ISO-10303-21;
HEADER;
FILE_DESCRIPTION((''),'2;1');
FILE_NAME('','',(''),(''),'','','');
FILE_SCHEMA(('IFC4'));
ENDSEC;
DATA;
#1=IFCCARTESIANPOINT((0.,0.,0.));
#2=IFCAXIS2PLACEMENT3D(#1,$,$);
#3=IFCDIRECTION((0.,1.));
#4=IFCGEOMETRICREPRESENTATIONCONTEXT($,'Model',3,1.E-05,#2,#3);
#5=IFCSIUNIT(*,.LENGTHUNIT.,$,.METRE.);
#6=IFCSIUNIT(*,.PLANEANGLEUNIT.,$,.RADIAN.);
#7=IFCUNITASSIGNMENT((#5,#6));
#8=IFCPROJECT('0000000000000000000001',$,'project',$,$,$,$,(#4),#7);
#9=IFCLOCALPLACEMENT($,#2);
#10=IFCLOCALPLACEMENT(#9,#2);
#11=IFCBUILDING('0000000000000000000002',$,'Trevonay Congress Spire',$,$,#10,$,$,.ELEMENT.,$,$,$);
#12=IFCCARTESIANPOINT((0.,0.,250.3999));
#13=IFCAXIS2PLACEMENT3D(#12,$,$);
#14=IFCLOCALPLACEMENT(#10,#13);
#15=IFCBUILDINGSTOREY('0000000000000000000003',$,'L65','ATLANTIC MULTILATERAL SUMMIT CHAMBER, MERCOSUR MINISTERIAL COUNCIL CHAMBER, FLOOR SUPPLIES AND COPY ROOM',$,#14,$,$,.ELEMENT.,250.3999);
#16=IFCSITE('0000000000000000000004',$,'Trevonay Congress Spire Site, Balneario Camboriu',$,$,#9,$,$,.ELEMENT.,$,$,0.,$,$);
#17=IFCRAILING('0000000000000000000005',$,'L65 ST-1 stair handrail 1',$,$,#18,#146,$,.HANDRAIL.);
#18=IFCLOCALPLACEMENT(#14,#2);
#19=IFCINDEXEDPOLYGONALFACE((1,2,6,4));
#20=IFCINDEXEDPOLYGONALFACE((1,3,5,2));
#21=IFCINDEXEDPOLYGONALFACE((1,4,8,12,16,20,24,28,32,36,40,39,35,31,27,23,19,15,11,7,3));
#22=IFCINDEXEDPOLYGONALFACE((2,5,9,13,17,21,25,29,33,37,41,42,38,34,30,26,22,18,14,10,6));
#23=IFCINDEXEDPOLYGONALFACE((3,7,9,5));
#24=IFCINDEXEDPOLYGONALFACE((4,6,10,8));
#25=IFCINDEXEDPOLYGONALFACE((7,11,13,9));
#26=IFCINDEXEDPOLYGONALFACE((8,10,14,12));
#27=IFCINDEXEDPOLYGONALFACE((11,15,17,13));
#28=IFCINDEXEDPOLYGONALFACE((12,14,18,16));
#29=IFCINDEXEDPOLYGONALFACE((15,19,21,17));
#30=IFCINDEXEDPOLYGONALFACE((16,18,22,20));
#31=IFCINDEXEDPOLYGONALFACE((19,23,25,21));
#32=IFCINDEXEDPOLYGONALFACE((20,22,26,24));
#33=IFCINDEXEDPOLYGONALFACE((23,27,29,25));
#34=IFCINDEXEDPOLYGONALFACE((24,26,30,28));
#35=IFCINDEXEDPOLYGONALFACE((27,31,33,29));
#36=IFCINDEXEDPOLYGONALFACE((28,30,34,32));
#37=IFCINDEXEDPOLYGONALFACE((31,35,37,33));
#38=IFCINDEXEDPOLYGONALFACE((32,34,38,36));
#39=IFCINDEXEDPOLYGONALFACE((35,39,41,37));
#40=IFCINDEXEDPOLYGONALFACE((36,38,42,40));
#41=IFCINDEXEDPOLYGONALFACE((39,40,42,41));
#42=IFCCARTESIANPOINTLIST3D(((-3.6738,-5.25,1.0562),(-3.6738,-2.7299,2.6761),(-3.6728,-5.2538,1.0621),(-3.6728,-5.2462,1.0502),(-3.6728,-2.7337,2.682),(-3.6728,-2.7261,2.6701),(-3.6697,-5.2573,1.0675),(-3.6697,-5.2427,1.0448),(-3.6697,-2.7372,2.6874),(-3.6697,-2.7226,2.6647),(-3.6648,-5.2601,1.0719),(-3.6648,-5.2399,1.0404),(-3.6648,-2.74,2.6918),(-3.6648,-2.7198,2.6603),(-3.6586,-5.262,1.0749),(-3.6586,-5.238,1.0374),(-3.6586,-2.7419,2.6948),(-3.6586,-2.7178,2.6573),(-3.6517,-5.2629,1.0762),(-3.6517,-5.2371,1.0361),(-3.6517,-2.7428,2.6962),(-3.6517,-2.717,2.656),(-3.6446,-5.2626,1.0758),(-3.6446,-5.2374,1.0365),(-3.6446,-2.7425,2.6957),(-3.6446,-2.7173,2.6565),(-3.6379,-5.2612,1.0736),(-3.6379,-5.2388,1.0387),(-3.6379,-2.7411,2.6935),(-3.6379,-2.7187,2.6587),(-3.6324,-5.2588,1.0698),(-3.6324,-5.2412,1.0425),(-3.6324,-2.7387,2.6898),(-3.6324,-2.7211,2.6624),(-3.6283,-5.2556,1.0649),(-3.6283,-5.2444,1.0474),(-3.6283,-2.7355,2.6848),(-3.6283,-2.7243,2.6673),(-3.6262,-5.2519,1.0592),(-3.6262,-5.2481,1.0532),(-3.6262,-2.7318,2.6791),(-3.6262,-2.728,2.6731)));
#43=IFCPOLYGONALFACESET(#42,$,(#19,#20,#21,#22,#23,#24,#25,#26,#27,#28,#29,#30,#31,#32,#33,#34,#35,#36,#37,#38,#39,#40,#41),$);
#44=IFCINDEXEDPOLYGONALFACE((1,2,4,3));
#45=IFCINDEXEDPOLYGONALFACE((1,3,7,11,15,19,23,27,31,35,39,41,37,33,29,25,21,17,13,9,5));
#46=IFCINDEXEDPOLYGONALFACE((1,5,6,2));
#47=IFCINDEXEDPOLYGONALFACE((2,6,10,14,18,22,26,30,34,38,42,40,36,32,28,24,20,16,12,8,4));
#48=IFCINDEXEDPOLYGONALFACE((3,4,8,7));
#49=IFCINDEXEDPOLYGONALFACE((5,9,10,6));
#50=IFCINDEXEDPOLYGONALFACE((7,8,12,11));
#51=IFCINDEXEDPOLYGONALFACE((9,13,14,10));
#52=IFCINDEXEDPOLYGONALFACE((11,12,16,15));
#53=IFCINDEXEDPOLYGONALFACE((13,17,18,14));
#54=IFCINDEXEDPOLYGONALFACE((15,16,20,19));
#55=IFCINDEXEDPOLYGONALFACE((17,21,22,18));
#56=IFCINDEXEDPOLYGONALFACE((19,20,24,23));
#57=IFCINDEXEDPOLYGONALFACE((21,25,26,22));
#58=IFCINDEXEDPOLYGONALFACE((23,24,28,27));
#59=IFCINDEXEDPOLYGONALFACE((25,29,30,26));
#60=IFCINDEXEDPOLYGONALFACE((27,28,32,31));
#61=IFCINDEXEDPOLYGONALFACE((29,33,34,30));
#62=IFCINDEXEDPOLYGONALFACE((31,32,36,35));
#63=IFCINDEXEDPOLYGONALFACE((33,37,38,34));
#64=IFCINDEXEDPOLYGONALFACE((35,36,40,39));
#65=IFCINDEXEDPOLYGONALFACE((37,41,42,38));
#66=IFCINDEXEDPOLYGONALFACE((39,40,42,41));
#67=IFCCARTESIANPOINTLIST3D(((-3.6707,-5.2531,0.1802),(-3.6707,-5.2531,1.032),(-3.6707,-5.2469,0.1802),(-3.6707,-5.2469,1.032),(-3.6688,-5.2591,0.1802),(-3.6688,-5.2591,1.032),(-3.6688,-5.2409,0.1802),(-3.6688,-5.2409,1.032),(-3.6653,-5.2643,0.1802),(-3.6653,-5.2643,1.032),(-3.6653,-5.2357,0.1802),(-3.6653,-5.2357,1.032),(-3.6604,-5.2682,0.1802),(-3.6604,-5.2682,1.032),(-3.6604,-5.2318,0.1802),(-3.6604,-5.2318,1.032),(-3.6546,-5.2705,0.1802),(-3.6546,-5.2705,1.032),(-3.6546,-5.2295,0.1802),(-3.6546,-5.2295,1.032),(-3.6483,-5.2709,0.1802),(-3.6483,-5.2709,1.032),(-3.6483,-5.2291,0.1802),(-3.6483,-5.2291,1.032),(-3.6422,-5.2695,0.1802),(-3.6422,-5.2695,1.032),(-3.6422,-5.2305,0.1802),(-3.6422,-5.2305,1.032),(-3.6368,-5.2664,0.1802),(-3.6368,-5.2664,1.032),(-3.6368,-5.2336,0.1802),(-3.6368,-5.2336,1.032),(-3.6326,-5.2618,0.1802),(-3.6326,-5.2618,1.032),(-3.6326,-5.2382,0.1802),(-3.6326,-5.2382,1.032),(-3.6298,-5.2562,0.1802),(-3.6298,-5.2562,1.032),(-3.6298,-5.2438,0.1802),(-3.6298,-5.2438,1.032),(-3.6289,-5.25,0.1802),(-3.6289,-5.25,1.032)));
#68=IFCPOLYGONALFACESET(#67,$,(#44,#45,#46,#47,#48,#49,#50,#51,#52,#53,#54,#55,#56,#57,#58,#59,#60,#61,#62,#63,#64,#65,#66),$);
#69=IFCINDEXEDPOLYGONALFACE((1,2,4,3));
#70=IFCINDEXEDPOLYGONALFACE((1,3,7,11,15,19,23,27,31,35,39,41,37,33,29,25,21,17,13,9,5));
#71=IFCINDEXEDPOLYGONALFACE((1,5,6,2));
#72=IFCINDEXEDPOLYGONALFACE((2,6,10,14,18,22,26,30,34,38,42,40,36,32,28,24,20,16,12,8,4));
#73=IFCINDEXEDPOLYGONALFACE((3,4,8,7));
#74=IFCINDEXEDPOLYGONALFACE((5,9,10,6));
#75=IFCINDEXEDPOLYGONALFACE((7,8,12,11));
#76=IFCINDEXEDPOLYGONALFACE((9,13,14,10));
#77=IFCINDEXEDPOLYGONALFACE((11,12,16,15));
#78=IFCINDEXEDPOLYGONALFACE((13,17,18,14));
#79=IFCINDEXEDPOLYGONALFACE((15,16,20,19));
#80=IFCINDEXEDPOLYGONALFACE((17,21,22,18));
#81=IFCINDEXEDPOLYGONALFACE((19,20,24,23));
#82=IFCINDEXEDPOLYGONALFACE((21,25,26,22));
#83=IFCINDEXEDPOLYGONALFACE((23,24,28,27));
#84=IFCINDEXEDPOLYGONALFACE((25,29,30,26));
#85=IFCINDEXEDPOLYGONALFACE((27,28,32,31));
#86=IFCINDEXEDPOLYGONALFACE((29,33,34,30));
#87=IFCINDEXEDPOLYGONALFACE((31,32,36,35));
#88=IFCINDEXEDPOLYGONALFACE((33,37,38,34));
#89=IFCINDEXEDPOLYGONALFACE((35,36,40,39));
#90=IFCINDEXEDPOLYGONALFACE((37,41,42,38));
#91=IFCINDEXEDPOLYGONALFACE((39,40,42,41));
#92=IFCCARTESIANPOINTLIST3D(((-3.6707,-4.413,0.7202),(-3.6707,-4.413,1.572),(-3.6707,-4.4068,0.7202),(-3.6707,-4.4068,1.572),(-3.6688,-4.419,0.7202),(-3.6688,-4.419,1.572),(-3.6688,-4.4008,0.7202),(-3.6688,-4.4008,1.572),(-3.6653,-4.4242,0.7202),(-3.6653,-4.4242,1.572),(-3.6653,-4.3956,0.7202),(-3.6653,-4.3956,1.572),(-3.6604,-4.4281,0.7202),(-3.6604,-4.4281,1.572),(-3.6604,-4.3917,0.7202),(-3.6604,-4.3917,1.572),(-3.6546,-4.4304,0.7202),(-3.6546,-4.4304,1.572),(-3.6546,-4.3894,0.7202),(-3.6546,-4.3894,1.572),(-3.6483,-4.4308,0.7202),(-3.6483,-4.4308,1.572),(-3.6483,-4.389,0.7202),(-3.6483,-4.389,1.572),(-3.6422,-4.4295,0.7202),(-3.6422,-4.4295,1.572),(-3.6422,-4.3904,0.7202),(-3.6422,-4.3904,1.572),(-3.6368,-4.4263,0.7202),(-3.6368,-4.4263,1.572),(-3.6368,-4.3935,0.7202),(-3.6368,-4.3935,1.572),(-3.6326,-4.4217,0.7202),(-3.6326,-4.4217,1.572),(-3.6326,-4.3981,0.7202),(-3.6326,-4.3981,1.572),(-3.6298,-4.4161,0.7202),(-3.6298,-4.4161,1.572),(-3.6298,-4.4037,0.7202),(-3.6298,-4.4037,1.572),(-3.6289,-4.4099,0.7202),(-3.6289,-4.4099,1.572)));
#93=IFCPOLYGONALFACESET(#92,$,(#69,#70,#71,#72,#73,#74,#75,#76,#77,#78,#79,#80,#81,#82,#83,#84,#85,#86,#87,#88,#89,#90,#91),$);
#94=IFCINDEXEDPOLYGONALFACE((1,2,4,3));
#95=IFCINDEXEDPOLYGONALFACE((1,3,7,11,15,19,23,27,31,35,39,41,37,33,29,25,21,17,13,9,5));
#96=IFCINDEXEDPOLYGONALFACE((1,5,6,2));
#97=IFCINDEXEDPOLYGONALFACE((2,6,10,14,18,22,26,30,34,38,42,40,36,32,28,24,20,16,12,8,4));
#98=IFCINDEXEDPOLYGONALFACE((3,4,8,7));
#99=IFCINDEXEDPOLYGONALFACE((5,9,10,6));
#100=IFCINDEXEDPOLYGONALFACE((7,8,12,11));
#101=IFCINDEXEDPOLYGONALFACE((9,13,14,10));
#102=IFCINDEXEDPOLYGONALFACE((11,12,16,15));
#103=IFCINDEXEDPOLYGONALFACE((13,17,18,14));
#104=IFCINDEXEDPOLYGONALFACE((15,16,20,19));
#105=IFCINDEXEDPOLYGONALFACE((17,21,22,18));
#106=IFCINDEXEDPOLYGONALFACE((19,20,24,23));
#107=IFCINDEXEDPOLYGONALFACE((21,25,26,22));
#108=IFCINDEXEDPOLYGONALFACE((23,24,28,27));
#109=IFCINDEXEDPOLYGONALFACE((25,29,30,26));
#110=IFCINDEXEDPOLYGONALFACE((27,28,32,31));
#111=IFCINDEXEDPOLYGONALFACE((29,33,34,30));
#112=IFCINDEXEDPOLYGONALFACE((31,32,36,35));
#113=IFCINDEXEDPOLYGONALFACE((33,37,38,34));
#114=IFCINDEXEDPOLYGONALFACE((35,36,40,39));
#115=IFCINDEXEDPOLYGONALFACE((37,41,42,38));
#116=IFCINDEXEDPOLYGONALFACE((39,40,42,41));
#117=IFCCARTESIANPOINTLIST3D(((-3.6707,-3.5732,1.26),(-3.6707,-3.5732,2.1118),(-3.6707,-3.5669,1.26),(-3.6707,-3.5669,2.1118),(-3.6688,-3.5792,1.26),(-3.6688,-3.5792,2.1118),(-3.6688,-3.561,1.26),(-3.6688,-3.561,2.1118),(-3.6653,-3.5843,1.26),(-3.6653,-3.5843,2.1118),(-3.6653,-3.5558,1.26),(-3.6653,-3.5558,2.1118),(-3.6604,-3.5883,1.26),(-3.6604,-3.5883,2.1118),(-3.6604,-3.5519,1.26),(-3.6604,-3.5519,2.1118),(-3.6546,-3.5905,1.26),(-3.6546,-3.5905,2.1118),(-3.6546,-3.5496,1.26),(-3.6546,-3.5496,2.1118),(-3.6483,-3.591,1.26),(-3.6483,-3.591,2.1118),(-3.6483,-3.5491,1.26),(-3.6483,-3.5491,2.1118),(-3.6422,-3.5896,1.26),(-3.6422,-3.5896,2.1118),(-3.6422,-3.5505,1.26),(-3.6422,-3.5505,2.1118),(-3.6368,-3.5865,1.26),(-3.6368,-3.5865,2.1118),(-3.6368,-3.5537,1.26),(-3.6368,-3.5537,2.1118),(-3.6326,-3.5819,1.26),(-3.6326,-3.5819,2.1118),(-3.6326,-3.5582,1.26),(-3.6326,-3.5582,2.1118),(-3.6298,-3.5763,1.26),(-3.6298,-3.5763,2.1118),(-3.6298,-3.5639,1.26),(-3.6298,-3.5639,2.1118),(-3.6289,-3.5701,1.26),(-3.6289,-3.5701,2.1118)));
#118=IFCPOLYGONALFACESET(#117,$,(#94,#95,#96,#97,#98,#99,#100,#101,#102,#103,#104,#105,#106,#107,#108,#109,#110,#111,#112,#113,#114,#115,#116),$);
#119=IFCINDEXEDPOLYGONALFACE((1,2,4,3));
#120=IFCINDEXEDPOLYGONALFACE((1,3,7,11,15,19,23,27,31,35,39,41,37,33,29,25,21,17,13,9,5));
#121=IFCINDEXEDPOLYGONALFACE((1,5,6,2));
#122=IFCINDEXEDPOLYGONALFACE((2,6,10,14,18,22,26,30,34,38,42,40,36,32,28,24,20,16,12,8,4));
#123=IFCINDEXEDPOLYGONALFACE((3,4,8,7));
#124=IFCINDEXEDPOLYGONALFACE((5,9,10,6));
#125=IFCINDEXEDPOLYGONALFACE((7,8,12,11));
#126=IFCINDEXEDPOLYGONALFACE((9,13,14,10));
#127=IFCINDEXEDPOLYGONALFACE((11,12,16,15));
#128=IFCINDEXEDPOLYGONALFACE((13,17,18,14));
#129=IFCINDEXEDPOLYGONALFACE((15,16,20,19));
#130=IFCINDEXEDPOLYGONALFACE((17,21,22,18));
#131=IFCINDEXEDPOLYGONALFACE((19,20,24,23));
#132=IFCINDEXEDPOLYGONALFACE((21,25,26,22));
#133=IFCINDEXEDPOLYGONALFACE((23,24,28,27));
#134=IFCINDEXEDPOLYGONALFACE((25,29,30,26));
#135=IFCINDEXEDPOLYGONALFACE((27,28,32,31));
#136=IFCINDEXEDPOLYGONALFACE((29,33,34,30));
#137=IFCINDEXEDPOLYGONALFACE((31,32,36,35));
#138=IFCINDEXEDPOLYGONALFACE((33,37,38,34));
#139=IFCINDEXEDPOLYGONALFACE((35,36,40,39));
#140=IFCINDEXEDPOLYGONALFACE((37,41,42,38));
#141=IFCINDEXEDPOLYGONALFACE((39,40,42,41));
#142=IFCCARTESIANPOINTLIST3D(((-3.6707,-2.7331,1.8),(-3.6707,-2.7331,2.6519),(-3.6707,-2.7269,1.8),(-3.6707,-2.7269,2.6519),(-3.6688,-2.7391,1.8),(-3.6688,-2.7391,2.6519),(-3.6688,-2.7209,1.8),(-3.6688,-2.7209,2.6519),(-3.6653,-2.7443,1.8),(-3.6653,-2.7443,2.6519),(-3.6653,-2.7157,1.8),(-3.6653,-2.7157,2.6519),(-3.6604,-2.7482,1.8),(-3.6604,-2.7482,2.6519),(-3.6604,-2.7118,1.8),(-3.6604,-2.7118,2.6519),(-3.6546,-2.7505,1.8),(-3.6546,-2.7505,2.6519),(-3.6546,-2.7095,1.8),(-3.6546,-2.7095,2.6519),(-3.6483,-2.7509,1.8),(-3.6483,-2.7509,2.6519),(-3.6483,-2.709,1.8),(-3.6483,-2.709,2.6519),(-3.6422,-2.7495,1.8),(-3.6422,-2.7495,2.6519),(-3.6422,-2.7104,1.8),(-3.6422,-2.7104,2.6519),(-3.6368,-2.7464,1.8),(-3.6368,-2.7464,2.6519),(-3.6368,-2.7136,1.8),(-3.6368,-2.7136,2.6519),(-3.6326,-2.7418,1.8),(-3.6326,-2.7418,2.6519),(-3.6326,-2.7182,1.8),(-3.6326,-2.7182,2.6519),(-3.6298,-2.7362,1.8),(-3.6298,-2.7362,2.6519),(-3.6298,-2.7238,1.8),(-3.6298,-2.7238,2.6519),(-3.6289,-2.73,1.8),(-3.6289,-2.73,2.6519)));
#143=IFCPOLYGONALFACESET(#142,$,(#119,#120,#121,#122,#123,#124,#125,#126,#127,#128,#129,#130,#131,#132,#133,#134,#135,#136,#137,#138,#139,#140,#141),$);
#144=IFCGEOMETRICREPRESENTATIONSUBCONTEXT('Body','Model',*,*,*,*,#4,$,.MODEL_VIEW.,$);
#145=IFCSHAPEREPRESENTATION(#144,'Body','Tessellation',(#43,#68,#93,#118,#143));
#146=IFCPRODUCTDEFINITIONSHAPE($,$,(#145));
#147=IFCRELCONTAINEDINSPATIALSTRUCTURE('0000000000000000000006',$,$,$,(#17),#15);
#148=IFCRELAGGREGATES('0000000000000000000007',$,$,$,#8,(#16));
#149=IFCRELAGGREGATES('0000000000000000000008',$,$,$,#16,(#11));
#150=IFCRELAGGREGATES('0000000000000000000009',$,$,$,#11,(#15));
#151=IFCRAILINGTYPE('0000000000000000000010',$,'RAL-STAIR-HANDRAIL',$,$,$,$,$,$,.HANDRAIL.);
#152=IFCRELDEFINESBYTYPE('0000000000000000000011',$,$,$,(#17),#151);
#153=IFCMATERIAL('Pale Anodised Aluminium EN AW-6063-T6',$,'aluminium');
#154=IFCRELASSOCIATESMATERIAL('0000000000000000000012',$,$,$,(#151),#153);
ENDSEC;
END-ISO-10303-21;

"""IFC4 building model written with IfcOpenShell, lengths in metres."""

from ifc_helpers import new_model, si_unit, direction, frame, origin, origin_2d, place, context, subcontext, project, spatial, circle, extrude, material, type_object, element, save


model = new_model("IFC4")

# Units and contexts
model_context = context("Model", 3, precision=1e-05, world=origin(), true_north=direction((0.0, 1.0)))
body_context = subcontext(model_context, "Body", "Model", "MODEL_VIEW")
ifc_project = project(units=[si_unit("LENGTHUNIT", "METRE"), si_unit("PLANEANGLEUNIT", "RADIAN")], contexts=[model_context])

# Site, building, storey
site_placement = place(None, origin())
site = spatial("IfcSite", under=ifc_project, at=site_placement, Name="Trevonay Congress Spire Site, Balneario Camboriu", CompositionType="ELEMENT", RefElevation=0.0)
building_placement = place(site_placement, origin())
building = spatial("IfcBuilding", under=site, at=building_placement, Name="Trevonay Congress Spire", CompositionType="ELEMENT")
storey_placement = place(building_placement, frame((0.0, 0.0, 250.3999)))
storey = spatial("IfcBuildingStorey", under=building, at=storey_placement, Name="L65", Description="ATLANTIC MULTILATERAL SUMMIT CHAMBER, MERCOSUR MINISTERIAL COUNCIL CHAMBER, FLOOR SUPPLIES AND COPY ROOM", CompositionType="ELEMENT", Elevation=250.3999)

# Railing
ifc_material_1 = material(Name="Pale Anodised Aluminium EN AW-6063-T6", Category="aluminium")
railing_type_1 = type_object("IfcRailingType", Name="RAL-STAIR-HANDRAIL", PredefinedType="HANDRAIL", material=ifc_material_1)
railing_1_placement = place(storey_placement, frame((-3.6499, -5.25, 0.1802)))
element("IfcRailing", 1, at=railing_1_placement, inside=storey, type_object=railing_type_1, Name="L65 ST-1 stair handrail 1", PredefinedType="HANDRAIL", context=body_context, shape_type="SweptSolid", body=[
    extrude(circle(Radius=0.0239, at=origin_2d()), frame((0.0, 0.0, 0.876), z_axis=(0.0, 0.8412, 0.540725), x_axis=(-1.0, 0.0, 0.0)), (0.0, 0.0, 1.0), 2.9958),
    extrude(circle(Radius=0.021, at=origin_2d()), origin(), (0.0, 0.0, 1.0), 0.8518),
    extrude(circle(Radius=0.021, at=origin_2d()), frame((0.0, 0.8401, 0.54)), (0.0, 0.0, 1.0), 0.8518),
    extrude(circle(Radius=0.021, at=origin_2d()), frame((0.0, 1.6799, 1.0798)), (0.0, 0.0, 1.0), 0.8518),
    extrude(circle(Radius=0.021, at=origin_2d()), frame((0.0, 2.52, 1.6199)), (0.0, 0.0, 1.0), 0.8518),
])

save(model, "model.ifc")
